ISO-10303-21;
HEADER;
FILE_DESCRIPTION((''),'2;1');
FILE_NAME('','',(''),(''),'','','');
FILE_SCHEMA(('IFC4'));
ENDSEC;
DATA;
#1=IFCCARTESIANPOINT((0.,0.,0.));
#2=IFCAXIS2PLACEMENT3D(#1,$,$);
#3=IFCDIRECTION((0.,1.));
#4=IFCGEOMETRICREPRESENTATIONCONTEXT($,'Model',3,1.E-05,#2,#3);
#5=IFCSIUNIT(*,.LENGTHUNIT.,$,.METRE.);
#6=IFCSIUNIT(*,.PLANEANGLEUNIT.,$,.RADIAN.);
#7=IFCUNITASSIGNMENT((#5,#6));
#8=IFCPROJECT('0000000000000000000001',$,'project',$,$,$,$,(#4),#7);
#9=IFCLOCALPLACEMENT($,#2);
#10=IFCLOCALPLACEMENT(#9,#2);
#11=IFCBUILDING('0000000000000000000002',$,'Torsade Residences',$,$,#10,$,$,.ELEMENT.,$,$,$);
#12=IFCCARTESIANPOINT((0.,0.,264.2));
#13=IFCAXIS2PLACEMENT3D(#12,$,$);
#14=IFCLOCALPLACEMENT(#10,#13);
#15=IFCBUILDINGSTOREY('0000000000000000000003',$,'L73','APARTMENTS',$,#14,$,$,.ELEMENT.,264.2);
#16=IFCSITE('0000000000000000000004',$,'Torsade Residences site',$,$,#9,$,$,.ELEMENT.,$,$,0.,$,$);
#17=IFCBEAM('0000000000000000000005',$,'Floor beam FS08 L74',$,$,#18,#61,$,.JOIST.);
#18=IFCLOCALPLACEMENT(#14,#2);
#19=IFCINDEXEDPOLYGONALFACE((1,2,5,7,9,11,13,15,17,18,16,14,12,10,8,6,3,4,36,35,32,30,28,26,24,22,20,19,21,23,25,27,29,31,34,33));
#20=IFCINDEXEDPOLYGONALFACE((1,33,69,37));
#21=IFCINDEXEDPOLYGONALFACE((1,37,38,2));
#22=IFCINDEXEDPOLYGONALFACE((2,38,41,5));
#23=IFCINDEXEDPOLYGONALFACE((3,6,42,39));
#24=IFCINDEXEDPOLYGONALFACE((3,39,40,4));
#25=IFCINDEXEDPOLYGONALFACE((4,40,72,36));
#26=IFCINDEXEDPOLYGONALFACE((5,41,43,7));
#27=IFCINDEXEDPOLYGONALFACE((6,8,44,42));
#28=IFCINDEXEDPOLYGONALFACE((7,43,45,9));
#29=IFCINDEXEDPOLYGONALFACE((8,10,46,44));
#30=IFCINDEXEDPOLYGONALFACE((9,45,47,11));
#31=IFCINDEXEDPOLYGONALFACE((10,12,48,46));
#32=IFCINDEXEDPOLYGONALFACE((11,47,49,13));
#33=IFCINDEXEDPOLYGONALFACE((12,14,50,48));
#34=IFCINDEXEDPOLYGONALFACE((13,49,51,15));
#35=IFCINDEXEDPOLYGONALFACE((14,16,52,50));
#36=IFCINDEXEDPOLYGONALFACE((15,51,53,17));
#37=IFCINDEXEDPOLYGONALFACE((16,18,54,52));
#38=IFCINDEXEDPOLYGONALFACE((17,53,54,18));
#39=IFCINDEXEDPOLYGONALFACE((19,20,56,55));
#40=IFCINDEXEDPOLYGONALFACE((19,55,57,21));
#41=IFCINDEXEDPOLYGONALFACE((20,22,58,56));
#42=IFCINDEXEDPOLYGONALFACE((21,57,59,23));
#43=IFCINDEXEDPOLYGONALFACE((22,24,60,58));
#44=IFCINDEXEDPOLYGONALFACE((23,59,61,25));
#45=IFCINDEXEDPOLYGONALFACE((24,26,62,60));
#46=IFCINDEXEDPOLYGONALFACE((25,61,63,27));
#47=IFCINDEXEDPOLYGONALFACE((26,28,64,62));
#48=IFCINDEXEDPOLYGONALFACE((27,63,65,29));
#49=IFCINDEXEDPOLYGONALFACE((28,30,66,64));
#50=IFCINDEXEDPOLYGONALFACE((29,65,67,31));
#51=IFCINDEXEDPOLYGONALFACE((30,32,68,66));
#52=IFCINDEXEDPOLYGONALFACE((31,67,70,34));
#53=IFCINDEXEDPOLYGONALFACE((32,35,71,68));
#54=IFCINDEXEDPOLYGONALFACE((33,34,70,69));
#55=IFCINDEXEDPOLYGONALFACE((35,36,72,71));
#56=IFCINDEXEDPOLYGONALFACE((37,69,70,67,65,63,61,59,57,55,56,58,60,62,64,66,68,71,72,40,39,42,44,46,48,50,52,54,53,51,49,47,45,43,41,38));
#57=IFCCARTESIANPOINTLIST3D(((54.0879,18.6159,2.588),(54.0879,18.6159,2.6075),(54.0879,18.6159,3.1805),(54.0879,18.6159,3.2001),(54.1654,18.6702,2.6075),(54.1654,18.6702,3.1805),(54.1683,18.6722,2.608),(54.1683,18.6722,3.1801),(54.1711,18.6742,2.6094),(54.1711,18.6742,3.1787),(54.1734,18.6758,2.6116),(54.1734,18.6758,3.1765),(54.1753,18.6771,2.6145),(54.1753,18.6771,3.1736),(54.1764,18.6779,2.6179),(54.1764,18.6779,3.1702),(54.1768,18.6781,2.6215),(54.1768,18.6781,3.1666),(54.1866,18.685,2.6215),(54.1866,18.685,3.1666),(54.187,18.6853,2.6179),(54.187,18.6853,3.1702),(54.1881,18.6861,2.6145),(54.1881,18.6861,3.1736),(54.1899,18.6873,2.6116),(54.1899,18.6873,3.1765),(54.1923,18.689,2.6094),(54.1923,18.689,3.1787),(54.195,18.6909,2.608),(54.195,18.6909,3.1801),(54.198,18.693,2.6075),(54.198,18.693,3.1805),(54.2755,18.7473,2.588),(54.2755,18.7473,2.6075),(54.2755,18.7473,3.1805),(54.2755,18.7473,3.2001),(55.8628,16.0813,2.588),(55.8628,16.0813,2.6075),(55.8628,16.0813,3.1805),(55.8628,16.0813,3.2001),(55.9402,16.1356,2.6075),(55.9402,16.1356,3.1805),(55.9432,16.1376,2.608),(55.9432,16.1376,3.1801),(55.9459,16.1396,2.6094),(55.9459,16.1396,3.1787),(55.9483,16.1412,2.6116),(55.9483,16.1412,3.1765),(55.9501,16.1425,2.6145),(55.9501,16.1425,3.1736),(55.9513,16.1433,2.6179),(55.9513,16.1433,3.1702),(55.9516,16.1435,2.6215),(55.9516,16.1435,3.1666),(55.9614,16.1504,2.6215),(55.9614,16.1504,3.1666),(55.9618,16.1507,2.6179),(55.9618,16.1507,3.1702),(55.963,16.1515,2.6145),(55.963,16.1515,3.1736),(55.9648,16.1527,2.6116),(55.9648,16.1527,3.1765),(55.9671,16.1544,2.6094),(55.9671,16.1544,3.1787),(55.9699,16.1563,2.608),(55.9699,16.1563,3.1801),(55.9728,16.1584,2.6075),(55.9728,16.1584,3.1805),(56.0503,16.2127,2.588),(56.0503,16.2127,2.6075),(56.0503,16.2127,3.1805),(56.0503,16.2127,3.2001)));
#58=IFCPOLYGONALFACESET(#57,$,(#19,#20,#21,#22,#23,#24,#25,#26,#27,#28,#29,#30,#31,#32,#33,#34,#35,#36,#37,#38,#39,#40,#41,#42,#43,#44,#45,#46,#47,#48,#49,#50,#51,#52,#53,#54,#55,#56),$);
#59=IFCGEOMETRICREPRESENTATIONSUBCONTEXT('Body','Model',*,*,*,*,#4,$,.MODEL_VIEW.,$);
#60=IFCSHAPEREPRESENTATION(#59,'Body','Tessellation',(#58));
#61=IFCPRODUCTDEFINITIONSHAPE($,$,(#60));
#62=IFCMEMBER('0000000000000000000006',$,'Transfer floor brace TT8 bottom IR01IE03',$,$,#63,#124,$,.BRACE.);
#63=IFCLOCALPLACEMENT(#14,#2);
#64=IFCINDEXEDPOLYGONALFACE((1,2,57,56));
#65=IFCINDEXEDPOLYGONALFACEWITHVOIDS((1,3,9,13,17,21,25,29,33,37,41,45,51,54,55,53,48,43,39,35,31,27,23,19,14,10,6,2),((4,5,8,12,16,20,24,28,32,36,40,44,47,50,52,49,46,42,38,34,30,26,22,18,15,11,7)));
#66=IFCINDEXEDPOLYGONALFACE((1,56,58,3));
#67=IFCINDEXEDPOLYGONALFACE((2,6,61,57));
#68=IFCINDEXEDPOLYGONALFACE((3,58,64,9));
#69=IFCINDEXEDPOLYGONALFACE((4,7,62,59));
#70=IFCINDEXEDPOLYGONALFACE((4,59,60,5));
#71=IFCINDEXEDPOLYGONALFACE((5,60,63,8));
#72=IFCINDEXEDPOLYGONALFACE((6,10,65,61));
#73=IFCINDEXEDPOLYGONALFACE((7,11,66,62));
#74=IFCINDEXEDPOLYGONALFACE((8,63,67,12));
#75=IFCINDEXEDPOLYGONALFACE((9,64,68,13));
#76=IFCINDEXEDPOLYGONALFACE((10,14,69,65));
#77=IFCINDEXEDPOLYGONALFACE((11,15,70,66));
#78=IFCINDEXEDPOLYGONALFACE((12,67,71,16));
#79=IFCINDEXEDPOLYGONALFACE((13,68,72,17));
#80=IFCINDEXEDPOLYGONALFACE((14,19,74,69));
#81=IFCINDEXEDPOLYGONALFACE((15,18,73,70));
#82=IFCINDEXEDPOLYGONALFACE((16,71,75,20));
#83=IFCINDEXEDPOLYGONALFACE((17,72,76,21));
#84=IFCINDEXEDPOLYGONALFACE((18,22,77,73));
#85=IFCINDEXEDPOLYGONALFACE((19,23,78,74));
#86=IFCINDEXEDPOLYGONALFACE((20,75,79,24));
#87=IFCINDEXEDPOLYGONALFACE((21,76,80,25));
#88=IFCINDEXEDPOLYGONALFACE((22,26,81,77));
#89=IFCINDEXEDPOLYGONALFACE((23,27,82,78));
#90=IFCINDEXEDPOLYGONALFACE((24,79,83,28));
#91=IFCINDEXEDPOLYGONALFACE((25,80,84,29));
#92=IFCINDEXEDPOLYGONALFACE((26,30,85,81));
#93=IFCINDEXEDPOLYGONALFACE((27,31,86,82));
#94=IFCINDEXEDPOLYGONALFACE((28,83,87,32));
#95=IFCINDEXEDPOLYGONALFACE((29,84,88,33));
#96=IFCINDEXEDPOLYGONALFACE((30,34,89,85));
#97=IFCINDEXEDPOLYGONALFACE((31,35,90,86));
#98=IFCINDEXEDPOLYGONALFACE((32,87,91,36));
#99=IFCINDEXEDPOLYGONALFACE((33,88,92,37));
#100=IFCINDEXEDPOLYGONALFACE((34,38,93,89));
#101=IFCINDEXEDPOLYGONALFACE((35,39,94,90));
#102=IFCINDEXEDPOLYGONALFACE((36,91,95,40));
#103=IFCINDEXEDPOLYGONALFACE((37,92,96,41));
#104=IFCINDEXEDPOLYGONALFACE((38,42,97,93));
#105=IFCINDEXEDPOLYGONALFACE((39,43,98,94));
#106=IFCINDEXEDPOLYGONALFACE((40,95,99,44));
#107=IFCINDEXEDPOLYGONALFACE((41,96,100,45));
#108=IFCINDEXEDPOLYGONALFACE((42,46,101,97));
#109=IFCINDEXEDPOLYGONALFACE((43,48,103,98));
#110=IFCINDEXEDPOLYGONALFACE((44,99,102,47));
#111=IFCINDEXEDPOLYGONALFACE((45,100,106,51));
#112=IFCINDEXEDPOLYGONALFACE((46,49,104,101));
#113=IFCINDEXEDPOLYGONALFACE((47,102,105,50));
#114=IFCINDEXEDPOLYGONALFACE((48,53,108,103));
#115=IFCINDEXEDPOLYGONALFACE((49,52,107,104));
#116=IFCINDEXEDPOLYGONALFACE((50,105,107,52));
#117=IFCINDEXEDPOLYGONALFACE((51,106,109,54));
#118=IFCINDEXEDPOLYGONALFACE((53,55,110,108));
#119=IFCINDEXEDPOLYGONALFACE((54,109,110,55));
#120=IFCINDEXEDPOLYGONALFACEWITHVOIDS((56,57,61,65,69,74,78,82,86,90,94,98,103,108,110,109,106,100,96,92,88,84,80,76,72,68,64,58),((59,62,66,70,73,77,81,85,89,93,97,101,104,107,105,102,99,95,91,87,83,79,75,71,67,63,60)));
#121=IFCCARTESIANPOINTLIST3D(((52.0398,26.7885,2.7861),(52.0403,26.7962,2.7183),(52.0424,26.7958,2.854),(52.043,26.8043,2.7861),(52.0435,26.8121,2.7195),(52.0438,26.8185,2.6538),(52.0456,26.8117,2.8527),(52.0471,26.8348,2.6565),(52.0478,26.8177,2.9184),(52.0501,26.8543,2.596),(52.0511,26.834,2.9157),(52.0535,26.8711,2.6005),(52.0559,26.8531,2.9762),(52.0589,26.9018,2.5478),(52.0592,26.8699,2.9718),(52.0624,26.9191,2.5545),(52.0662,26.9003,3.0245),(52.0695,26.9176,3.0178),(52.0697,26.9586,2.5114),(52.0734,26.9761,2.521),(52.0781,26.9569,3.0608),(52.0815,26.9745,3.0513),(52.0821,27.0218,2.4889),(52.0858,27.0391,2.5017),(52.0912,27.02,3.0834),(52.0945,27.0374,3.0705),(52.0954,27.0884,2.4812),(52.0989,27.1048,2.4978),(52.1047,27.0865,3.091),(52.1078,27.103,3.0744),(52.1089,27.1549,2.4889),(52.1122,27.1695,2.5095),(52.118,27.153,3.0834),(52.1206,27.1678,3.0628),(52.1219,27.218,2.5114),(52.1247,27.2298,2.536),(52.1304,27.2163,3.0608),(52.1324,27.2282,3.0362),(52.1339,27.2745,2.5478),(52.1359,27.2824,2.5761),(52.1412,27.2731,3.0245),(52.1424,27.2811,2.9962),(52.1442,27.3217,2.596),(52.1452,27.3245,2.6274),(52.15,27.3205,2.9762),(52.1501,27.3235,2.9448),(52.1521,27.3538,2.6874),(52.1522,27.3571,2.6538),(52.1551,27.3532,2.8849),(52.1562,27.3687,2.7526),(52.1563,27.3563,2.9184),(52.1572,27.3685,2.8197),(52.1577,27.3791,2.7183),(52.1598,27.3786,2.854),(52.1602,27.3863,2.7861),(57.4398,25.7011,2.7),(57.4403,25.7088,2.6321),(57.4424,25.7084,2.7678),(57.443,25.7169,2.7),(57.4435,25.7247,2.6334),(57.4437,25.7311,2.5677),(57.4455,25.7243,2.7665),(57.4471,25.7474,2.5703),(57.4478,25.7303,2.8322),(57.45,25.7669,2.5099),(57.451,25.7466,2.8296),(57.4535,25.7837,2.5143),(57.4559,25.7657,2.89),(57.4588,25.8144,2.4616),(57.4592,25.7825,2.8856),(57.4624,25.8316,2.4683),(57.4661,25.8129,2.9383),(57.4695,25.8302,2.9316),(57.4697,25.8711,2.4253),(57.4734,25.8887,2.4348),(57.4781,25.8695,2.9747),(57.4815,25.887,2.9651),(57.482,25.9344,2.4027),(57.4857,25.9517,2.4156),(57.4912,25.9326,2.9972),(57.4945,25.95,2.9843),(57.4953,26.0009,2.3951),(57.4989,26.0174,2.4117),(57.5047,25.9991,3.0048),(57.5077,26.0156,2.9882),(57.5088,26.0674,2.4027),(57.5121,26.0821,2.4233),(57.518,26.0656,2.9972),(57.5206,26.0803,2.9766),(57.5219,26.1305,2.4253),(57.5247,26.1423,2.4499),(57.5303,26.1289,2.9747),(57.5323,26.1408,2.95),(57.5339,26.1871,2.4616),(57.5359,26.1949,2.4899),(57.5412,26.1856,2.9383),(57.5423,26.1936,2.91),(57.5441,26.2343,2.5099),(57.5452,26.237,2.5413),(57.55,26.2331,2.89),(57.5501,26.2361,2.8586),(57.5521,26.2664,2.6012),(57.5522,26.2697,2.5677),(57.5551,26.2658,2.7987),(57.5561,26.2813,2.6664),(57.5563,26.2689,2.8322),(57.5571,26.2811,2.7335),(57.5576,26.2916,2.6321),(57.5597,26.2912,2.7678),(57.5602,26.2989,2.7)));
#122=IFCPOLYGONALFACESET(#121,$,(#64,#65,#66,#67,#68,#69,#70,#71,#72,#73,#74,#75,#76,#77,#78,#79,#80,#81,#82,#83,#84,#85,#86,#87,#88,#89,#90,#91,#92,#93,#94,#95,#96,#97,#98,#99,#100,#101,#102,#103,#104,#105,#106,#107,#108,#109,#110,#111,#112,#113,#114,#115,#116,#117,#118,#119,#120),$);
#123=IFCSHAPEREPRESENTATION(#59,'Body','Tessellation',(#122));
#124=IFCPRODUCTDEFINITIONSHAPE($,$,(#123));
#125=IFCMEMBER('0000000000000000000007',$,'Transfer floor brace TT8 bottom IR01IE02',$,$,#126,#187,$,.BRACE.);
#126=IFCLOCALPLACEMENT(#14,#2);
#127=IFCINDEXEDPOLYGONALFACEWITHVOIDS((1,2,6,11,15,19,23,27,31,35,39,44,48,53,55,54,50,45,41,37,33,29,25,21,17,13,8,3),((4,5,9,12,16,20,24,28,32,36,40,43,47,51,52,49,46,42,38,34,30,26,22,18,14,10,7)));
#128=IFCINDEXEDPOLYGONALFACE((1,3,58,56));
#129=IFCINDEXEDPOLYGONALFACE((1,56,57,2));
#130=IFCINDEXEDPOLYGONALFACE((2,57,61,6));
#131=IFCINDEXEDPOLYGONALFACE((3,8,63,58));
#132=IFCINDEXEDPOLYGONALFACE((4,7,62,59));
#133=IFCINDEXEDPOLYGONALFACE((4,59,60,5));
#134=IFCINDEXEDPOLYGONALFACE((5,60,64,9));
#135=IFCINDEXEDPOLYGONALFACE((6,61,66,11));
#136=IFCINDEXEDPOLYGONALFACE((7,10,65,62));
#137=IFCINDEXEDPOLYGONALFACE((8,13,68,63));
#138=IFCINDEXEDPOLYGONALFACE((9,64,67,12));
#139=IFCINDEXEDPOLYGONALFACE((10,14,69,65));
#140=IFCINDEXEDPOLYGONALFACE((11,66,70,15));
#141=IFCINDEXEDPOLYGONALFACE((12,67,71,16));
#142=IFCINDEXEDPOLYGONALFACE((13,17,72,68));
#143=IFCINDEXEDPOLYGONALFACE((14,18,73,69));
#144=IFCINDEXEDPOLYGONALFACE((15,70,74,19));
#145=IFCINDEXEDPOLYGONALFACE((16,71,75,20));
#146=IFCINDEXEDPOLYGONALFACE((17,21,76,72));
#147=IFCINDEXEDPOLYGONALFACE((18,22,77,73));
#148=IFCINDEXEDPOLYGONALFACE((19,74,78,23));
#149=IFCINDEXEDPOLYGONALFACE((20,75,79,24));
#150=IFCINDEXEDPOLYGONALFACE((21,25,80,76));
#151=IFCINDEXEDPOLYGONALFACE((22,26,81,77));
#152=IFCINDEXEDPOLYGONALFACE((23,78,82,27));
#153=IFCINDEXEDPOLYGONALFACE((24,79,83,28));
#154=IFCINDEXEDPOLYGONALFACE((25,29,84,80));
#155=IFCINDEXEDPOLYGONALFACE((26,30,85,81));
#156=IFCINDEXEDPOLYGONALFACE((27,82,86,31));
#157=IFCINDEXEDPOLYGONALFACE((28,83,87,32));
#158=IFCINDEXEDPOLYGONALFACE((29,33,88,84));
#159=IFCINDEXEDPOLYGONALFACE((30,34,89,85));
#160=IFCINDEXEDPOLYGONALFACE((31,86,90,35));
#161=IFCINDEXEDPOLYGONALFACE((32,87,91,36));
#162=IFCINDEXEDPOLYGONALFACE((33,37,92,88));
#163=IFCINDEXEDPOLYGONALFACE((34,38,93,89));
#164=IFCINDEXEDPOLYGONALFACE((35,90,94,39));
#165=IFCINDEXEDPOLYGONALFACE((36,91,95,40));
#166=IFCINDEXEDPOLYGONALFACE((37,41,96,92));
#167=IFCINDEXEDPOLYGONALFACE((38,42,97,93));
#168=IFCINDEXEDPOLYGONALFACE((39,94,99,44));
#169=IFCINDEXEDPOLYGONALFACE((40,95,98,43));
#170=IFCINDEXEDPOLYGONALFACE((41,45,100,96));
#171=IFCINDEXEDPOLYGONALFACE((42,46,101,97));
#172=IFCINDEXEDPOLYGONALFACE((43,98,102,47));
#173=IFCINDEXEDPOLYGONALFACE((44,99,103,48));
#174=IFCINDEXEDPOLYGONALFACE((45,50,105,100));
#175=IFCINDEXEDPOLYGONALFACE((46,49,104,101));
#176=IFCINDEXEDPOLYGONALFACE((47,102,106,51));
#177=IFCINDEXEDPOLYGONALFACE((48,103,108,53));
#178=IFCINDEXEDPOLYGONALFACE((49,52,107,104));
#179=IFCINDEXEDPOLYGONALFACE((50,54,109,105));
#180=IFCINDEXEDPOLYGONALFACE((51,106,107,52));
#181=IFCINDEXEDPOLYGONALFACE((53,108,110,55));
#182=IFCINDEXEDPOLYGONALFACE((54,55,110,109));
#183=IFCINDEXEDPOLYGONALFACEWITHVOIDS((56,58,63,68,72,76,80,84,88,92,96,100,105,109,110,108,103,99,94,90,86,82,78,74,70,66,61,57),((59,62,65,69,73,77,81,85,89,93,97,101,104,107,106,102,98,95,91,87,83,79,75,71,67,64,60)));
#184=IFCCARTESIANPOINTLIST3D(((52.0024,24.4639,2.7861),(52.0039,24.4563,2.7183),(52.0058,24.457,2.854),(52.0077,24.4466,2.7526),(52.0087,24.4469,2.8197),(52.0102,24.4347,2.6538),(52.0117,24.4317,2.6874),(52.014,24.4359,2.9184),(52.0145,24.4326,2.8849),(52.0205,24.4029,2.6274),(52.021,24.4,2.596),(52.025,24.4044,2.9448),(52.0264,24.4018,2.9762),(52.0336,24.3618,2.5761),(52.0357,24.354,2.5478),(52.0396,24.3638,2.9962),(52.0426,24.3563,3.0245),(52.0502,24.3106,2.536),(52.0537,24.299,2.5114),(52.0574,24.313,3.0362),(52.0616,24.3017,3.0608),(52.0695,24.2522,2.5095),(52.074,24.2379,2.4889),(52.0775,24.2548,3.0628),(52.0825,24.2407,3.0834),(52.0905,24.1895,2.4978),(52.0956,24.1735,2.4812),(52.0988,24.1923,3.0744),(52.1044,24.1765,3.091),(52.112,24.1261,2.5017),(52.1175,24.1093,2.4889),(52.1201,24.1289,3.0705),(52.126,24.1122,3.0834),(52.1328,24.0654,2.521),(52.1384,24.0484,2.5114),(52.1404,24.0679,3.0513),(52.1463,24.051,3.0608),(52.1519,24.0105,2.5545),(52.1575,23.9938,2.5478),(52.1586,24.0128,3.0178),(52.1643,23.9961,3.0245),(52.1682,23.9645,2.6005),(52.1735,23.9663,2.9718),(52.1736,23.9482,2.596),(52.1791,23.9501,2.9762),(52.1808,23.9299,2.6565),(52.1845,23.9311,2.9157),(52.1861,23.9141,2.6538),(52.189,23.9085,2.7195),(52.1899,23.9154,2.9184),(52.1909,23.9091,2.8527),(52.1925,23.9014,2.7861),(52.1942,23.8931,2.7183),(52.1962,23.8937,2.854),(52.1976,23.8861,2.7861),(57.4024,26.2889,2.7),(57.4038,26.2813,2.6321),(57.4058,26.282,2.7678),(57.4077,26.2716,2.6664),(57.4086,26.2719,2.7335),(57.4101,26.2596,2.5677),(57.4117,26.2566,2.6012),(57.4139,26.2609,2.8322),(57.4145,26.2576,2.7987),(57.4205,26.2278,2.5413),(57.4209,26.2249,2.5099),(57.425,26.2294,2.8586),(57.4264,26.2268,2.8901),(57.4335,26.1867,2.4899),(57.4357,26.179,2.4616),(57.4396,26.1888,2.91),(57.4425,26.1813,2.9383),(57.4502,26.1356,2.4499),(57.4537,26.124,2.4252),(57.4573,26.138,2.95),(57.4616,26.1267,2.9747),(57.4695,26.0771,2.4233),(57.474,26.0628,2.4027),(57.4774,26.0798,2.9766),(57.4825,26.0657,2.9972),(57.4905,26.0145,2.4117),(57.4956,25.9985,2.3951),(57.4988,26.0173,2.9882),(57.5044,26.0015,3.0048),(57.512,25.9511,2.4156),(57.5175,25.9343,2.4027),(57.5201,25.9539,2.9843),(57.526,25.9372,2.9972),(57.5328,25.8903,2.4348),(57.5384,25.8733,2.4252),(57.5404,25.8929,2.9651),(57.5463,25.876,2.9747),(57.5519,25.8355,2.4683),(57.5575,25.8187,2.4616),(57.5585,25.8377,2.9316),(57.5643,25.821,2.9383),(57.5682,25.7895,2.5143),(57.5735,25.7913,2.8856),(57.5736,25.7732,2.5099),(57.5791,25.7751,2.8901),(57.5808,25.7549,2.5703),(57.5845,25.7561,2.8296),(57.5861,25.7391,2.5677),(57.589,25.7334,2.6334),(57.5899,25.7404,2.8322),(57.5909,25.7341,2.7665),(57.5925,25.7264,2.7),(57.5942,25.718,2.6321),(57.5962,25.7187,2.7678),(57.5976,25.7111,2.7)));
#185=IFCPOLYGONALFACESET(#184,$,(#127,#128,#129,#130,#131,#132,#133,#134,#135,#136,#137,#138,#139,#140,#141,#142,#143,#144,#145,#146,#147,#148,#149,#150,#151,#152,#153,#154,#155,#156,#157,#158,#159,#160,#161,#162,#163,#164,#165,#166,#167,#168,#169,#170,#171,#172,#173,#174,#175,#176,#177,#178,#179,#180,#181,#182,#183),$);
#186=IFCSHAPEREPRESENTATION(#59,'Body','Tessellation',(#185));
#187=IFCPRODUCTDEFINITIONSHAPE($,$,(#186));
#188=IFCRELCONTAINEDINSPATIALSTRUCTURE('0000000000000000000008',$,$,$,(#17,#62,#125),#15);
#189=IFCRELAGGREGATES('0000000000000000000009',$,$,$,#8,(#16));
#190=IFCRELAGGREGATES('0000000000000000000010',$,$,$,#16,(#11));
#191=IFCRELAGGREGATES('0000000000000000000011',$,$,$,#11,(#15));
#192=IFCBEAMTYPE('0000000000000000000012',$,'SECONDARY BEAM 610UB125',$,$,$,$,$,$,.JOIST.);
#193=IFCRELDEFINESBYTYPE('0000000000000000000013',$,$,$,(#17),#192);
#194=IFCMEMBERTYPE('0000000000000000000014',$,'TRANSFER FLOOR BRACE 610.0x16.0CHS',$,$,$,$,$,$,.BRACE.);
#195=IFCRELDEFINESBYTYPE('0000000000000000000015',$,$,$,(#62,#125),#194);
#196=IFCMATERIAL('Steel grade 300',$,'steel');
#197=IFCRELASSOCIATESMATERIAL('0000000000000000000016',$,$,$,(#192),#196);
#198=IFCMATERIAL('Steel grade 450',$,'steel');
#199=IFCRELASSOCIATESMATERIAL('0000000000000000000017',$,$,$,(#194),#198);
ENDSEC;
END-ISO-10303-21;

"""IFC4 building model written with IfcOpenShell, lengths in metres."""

from ifc_helpers import new_model, si_unit, direction, frame, origin, origin_2d, place, context, subcontext, project, spatial, hollow_circle, i_section, extrude, material, material_profile, profile_set, type_object, element, save


model = new_model("IFC4")

# Units and contexts
model_context = context("Model", 3, precision=1e-05, world=origin(), true_north=direction((0.0, 1.0)))
body_context = subcontext(model_context, "Body", "Model", "MODEL_VIEW")
ifc_project = project(units=[si_unit("LENGTHUNIT", "METRE"), si_unit("PLANEANGLEUNIT", "RADIAN")], contexts=[model_context])

# Site, building, storey
site_placement = place(None, origin())
site = spatial("IfcSite", under=ifc_project, at=site_placement, Name="Torsade Residences site", CompositionType="ELEMENT", RefElevation=0.0)
building_placement = place(site_placement, origin())
building = spatial("IfcBuilding", under=site, at=building_placement, Name="Torsade Residences", CompositionType="ELEMENT")
storey_placement = place(building_placement, frame((0.0, 0.0, 264.2)))
storey = spatial("IfcBuildingStorey", under=building, at=storey_placement, Name="L73", Description="APARTMENTS", CompositionType="ELEMENT", Elevation=264.2)

# Beam
ifc_material_1 = material(Name="Steel grade 300", Category="steel")
ifc_material_profile_1 = material_profile(ifc_material_1, i_section(OverallWidth=0.229, OverallDepth=0.6121, WebThickness=0.012, FlangeThickness=0.0195, FilletRadius=0.0139, at=origin_2d()), Name="610UB125")
ifc_profile_set_1 = profile_set([ifc_material_profile_1], Name="Steel grade 300")
beam_type_1 = type_object("IfcBeamType", Name="SECONDARY BEAM 610UB125", PredefinedType="JOIST", material=ifc_profile_set_1)
beam_1_placement = place(storey_placement, frame((55.9565, 16.147, 2.894), z_axis=(-0.5736, 0.819136, 0.0), x_axis=(-0.819136, -0.5736, 0.0)))
element("IfcBeam", 1, at=beam_1_placement, inside=storey, type_object=beam_type_1, Name="Floor beam FS08 L74", PredefinedType="JOIST", context=body_context, shape_type="SweptSolid", body=[
    extrude(i_section(OverallWidth=0.229, OverallDepth=0.6121, WebThickness=0.012, FlangeThickness=0.0195, FilletRadius=0.0139, at=origin_2d()), origin(), (0.0, 0.0, 1.0), 3.0942),
])

# Members
ifc_material_2 = material(Name="Steel grade 450", Category="steel")
ifc_material_profile_2 = material_profile(ifc_material_2, hollow_circle(Radius=0.3049, WallThickness=0.0161, at=origin_2d()), Name="610.0x16.0CHS")
ifc_profile_set_2 = profile_set([ifc_material_profile_2], Name="Steel grade 450")
member_type_1 = type_object("IfcMemberType", Name="TRANSFER FLOOR BRACE 610.0x16.0CHS", PredefinedType="BRACE", material=ifc_profile_set_2)
member_1_placement = place(storey_placement, frame((57.5, 26.0, 2.7), z_axis=(-0.980201, 0.197387, 0.015644), x_axis=(-0.197412, -0.980321, 0.0)))
element("IfcMember", 2, at=member_1_placement, inside=storey, type_object=member_type_1, Name="Transfer floor brace TT8 bottom IR01IE03", PredefinedType="BRACE", context=body_context, shape_type="SweptSolid", body=[
    extrude(hollow_circle(Radius=0.3049, WallThickness=0.0161, at=origin_2d()), origin(), (0.0, 0.0, 1.0), 5.509),
])
member_2_placement = place(storey_placement, frame((57.5, 26.0, 2.7), z_axis=(-0.947252, -0.320133, 0.015118), x_axis=(0.32017, -0.94736, 0.0)))
element("IfcMember", 3, at=member_2_placement, inside=storey, type_object=member_type_1, Name="Transfer floor brace TT8 bottom IR01IE02", PredefinedType="BRACE", context=body_context, shape_type="SweptSolid", body=[
    extrude(hollow_circle(Radius=0.3049, WallThickness=0.0161, at=origin_2d()), origin(), (0.0, 0.0, 1.0), 5.7007),
])

save(model, "model.ifc")
